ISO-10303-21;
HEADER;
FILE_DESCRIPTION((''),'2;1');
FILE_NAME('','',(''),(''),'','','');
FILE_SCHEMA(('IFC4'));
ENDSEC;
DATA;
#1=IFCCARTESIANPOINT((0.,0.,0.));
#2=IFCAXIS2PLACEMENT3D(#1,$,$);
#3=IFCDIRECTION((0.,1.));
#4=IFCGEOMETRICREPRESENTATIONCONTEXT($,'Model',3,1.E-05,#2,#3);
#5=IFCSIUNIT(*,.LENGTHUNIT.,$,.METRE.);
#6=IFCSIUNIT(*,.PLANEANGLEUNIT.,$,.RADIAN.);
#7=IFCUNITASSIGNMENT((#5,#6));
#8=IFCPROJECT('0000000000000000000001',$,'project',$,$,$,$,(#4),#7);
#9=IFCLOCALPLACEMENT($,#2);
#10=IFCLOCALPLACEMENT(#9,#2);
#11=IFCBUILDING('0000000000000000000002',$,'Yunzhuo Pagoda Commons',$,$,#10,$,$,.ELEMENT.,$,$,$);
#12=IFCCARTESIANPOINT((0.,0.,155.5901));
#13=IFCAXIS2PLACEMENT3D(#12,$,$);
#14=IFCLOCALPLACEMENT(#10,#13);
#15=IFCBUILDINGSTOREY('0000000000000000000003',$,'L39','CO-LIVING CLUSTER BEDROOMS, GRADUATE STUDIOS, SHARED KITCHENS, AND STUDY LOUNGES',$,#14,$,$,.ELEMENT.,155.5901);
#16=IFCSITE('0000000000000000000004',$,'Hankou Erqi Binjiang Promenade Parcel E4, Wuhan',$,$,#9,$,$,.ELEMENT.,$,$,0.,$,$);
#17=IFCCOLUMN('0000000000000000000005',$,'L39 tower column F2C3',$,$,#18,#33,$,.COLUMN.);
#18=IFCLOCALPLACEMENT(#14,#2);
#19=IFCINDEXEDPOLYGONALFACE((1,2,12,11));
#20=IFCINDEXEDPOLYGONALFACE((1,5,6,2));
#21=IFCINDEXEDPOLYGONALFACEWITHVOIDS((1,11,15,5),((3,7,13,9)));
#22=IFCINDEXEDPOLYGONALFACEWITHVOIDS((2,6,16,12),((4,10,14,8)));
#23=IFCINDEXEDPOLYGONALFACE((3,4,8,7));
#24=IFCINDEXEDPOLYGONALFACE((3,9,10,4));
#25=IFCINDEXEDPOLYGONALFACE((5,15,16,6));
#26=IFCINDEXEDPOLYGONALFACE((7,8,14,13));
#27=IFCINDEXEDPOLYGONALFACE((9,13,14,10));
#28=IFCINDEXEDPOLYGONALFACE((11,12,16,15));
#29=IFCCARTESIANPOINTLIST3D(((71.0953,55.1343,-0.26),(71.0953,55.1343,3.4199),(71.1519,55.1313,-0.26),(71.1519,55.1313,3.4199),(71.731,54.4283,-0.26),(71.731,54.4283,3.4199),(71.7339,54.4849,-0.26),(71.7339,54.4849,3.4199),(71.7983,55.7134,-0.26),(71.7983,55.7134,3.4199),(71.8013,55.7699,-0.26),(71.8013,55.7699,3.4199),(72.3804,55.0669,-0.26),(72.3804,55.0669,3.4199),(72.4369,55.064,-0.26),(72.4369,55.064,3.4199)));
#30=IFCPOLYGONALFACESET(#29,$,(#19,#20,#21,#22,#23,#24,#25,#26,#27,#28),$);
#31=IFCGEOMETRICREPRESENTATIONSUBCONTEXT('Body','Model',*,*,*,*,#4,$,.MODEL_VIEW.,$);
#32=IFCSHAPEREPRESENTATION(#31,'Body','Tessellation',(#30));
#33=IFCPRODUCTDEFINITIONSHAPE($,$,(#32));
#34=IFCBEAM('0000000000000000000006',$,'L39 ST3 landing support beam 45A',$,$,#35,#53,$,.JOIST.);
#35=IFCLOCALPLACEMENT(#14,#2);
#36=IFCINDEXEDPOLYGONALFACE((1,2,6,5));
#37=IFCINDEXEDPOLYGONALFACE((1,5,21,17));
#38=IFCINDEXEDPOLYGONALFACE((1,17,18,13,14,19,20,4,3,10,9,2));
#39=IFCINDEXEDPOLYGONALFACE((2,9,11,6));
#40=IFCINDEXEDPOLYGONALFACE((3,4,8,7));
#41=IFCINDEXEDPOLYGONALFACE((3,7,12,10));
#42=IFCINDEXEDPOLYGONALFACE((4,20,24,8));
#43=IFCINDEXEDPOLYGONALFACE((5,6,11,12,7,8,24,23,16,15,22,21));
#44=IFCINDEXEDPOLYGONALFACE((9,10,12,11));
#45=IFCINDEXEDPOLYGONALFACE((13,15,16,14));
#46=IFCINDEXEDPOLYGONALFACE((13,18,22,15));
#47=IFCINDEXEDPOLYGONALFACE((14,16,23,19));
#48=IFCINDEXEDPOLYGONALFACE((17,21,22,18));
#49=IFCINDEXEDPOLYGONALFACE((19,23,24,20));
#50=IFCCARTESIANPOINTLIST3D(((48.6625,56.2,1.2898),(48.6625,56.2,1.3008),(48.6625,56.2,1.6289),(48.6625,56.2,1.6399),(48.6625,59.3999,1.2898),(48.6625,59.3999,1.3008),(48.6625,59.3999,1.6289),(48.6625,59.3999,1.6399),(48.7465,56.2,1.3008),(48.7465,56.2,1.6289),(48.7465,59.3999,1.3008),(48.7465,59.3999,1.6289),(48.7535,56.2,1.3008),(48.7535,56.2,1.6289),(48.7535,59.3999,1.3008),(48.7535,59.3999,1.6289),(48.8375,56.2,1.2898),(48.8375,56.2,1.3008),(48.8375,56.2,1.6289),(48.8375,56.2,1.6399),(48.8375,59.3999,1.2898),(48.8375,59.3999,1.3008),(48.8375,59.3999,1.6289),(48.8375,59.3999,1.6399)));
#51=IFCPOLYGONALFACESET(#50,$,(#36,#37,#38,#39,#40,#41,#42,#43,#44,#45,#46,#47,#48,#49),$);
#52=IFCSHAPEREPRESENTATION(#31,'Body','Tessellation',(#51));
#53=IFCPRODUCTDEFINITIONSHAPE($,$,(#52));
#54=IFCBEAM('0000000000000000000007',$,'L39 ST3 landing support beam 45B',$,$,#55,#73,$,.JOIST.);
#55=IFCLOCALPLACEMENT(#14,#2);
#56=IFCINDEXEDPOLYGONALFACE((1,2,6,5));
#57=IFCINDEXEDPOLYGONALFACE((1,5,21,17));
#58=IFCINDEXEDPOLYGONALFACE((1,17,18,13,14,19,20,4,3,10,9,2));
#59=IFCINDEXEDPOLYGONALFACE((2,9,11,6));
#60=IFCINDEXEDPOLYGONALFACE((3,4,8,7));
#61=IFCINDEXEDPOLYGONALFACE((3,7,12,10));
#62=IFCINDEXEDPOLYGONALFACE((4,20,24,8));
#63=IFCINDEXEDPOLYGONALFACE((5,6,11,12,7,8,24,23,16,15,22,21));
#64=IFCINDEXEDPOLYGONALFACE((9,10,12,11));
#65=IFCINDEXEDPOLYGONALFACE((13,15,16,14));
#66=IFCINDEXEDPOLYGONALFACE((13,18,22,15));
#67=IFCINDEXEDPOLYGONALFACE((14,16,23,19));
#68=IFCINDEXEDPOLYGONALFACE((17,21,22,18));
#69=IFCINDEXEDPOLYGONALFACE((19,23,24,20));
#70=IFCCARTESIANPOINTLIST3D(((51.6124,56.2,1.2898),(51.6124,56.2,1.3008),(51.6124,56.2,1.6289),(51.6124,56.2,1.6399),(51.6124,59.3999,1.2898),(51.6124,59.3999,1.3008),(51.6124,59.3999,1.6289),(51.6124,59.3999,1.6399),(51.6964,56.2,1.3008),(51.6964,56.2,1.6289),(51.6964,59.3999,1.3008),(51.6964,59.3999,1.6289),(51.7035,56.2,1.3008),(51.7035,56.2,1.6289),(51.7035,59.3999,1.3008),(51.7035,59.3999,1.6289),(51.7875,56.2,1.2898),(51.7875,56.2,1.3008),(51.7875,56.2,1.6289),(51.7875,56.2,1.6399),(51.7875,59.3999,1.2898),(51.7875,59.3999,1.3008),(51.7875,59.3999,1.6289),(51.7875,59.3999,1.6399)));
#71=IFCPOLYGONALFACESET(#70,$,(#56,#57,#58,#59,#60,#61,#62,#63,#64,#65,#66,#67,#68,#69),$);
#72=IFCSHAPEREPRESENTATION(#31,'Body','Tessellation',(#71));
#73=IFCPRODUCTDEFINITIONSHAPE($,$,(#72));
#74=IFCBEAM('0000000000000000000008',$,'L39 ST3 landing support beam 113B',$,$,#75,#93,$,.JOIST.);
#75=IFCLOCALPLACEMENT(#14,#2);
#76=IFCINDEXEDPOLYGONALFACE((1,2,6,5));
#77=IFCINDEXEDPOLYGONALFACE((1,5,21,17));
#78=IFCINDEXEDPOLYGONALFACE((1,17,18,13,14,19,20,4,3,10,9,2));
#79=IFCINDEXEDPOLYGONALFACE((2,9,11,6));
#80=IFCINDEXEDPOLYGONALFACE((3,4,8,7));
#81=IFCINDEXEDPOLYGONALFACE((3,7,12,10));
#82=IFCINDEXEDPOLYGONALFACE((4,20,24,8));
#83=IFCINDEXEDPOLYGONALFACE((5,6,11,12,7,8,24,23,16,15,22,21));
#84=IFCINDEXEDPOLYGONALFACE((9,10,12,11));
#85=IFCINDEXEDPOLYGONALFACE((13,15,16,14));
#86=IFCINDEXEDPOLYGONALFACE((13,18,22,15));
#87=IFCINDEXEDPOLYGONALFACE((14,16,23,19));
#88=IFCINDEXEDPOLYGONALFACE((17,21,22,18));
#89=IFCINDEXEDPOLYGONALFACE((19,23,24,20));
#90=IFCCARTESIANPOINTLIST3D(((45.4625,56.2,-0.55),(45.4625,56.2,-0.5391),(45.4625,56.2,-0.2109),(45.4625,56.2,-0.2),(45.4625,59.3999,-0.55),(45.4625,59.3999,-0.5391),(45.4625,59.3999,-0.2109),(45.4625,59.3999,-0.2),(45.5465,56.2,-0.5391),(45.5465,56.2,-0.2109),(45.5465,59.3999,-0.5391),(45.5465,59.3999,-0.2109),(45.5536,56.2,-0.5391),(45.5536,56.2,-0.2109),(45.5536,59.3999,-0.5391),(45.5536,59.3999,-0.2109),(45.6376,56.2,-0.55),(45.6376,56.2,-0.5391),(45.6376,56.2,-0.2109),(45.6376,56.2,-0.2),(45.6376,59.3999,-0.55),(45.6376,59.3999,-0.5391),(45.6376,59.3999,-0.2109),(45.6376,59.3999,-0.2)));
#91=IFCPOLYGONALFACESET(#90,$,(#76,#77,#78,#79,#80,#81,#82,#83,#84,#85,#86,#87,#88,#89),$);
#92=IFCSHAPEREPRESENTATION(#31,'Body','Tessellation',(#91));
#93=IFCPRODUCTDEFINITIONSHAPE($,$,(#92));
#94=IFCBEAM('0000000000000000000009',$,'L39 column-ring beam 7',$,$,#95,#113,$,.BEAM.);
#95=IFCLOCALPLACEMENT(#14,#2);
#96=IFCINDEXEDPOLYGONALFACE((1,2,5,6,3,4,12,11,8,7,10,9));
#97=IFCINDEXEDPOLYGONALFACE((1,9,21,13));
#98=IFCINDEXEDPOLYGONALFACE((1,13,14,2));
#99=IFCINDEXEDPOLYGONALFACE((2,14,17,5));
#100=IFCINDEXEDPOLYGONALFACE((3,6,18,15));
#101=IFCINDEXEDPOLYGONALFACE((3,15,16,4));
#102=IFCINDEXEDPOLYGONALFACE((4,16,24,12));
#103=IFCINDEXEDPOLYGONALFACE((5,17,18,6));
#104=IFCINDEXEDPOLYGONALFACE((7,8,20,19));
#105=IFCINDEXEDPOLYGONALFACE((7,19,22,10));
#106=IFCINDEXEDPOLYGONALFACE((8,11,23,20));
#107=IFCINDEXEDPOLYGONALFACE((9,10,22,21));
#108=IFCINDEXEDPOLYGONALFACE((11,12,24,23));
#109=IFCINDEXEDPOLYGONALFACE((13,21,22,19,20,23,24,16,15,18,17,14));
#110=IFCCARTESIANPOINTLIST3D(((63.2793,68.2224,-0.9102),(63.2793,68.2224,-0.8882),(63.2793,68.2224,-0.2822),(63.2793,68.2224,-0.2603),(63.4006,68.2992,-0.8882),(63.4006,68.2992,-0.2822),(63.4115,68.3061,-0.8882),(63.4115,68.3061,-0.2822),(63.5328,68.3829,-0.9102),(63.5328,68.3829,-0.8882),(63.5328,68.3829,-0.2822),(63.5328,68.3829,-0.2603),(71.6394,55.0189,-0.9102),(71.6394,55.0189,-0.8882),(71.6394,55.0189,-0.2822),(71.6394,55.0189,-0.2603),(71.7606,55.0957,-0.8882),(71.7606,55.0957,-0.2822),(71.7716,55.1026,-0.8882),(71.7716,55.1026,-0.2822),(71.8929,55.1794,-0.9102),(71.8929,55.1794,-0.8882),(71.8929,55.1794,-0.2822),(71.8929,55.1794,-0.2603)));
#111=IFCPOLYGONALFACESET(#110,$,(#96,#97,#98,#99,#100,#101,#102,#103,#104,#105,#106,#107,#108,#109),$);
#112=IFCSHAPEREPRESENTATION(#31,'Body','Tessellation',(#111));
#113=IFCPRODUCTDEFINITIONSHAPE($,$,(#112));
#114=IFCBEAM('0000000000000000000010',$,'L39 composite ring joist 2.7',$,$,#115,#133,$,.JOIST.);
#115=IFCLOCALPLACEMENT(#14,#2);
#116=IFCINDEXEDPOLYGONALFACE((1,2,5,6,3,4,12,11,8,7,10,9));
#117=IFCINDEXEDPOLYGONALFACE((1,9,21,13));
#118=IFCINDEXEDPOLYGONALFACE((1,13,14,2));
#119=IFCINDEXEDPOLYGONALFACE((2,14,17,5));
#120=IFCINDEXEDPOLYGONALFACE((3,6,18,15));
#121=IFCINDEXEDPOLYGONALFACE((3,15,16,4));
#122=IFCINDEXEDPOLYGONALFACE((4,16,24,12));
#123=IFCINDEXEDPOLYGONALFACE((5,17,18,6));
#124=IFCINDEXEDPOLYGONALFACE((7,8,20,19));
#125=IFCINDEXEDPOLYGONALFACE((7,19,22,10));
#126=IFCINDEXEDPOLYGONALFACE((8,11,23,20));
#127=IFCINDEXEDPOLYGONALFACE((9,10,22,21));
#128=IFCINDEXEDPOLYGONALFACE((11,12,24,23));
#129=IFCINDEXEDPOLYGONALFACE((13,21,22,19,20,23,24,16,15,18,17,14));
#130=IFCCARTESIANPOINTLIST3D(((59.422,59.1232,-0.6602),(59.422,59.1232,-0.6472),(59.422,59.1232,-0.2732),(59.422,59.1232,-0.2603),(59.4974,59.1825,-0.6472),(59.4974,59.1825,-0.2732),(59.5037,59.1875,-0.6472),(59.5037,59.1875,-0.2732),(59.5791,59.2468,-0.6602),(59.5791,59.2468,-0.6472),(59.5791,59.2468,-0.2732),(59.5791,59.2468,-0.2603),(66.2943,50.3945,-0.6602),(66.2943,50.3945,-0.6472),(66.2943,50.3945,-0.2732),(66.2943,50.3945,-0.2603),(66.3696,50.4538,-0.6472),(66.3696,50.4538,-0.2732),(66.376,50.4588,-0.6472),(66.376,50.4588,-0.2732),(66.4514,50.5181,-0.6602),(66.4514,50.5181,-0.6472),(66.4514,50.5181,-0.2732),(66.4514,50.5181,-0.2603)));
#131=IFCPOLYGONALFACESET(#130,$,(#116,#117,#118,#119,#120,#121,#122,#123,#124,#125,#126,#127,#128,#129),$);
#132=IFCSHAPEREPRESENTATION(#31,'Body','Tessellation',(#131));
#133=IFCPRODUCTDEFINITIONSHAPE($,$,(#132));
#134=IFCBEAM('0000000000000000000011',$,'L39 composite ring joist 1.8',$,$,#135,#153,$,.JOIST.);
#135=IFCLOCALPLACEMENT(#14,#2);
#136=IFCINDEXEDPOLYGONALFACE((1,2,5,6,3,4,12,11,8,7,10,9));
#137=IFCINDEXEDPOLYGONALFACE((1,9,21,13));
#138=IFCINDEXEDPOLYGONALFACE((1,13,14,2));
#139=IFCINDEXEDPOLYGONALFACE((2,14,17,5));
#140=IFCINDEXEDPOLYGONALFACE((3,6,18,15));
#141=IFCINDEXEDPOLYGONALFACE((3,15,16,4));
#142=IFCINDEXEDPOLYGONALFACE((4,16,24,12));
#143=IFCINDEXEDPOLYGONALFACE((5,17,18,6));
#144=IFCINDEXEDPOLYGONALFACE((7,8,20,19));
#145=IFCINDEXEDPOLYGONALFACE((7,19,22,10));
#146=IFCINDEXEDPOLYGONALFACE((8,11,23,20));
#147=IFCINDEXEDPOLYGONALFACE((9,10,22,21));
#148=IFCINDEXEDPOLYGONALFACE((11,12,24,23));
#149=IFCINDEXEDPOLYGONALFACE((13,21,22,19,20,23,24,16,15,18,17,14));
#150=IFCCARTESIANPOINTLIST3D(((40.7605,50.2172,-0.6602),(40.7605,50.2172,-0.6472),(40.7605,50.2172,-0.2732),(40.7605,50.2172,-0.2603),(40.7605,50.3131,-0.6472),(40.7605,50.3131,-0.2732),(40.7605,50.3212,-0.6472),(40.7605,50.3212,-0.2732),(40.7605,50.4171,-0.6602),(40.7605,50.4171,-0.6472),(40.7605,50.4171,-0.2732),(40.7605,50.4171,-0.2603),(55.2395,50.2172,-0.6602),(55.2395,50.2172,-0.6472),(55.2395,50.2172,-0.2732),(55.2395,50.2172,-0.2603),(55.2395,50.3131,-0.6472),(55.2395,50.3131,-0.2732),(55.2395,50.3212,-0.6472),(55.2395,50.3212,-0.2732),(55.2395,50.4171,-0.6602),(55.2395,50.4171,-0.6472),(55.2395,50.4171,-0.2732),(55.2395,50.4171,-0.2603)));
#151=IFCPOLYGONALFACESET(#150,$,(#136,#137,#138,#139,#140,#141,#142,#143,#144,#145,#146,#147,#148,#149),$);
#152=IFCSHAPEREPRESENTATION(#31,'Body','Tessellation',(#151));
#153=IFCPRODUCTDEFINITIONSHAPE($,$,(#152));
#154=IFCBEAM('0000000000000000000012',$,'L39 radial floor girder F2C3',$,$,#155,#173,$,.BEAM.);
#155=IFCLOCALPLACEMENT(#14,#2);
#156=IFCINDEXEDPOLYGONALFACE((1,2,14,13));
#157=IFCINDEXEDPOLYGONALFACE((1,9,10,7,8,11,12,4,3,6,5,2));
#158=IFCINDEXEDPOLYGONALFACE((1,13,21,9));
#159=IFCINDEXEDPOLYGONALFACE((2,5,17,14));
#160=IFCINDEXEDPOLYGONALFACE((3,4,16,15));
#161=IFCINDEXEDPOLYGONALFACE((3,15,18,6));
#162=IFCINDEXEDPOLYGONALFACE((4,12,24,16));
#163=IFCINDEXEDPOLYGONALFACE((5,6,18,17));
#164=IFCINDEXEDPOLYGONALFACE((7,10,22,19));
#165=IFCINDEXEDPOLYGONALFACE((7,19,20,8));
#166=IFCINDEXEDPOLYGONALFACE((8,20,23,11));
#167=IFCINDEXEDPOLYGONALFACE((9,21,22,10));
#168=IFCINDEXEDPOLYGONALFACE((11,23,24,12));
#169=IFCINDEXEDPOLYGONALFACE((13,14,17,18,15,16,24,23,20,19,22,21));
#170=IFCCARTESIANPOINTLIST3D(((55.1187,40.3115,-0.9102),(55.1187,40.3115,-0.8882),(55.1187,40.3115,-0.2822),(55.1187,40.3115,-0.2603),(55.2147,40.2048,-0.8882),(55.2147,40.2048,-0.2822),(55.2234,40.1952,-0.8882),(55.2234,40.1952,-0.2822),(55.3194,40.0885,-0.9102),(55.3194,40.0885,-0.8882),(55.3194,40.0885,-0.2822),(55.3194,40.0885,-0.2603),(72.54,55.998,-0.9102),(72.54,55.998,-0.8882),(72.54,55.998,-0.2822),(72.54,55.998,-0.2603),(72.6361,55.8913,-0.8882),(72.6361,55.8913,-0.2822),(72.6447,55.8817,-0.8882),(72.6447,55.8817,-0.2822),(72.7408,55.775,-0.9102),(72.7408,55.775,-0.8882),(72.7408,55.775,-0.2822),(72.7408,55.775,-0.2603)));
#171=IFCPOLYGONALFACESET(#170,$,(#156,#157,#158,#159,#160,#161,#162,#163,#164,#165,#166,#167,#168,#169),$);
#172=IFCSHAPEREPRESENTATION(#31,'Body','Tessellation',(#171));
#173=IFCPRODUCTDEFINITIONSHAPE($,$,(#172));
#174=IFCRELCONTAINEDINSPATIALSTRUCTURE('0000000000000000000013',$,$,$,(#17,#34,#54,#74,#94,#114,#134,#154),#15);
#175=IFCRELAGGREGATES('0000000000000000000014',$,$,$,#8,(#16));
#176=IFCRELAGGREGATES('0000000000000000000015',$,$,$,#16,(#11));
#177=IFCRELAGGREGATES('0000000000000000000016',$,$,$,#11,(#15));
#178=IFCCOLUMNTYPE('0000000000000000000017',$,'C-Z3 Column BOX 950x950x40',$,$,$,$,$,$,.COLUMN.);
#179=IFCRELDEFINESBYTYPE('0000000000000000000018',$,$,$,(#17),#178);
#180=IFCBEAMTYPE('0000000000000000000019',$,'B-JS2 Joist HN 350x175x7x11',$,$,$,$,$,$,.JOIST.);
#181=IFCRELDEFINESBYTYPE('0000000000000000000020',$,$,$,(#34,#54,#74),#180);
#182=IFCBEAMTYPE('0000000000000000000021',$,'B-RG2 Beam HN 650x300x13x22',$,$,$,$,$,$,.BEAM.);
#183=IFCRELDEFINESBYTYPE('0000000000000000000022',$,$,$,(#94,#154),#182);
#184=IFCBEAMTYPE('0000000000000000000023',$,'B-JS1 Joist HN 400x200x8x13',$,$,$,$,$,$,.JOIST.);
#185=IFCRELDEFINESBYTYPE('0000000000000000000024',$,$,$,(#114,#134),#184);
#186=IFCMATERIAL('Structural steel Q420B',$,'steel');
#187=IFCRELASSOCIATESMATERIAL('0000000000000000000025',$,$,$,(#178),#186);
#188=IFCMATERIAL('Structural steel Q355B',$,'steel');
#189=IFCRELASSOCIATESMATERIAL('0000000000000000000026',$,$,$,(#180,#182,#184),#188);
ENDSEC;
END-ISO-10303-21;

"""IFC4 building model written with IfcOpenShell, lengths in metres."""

from ifc_helpers import new_model, si_unit, direction, frame, origin, origin_2d, place, context, subcontext, project, spatial, hollow_rectangle, i_section, extrude, source, transform, mapped, material, material_profile, profile_set, type_object, element, save


model = new_model("IFC4")

# Units and contexts
model_context = context("Model", 3, precision=1e-05, world=origin(), true_north=direction((0.0, 1.0)))
body_context = subcontext(model_context, "Body", "Model", "MODEL_VIEW")
ifc_project = project(units=[si_unit("LENGTHUNIT", "METRE"), si_unit("PLANEANGLEUNIT", "RADIAN")], contexts=[model_context])

# Site, building, storey
site_placement = place(None, origin())
site = spatial("IfcSite", under=ifc_project, at=site_placement, Name="Hankou Erqi Binjiang Promenade Parcel E4, Wuhan", CompositionType="ELEMENT", RefElevation=0.0)
building_placement = place(site_placement, origin())
building = spatial("IfcBuilding", under=site, at=building_placement, Name="Yunzhuo Pagoda Commons", CompositionType="ELEMENT")
storey_placement = place(building_placement, frame((0.0, 0.0, 155.5901)))
storey = spatial("IfcBuildingStorey", under=building, at=storey_placement, Name="L39", Description="CO-LIVING CLUSTER BEDROOMS, GRADUATE STUDIOS, SHARED KITCHENS, AND STUDY LOUNGES", CompositionType="ELEMENT", Elevation=155.5901)

# Column
ifc_material_1 = material(Name="Structural steel Q420B", Category="steel")
ifc_material_profile_1 = material_profile(ifc_material_1, hollow_rectangle(XDim=0.95, YDim=0.95, WallThickness=0.04, at=origin_2d()), Name="Structural steel Q420B")
ifc_profile_set_1 = profile_set([ifc_material_profile_1], Name="Structural steel Q420B")
column_type = type_object("IfcColumnType", Name="C-Z3 Column BOX 950x950x40", PredefinedType="COLUMN", material=ifc_profile_set_1)
shared_shape_1 = source(origin(), body_context, "Body", "SweptSolid", [
    extrude(hollow_rectangle(XDim=0.95, YDim=0.95, WallThickness=0.04, at=origin_2d()), origin(), (0.0, 0.0, 1.0), 3.6799),
])
column_placement = place(storey_placement, frame((71.7661, 55.0991, -0.26), z_axis=(0.0, 0.0, 1.0), x_axis=(-0.669131, 0.743145, 0.0)))
element("IfcColumn", 1, at=column_placement, inside=storey, type_object=column_type, Name="L39 tower column F2C3", PredefinedType="COLUMN", context=body_context, shape_type="MappedRepresentation", body=[
    mapped(shared_shape_1, transform((0.0, 0.0, 0.0), scale=1.0)),
])

# Beams
ifc_material_2 = material(Name="Structural steel Q355B", Category="steel")
ifc_material_profile_2 = material_profile(ifc_material_2, i_section(OverallWidth=0.175, OverallDepth=0.3501, WebThickness=0.0071, FlangeThickness=0.011, at=origin_2d()), Name="Structural steel Q355B")
ifc_profile_set_2 = profile_set([ifc_material_profile_2], Name="Structural steel Q355B")
beam_type_1 = type_object("IfcBeamType", Name="B-JS2 Joist HN 350x175x7x11", PredefinedType="JOIST", material=ifc_profile_set_2)
shared_shape_2 = source(origin(), body_context, "Body", "SweptSolid", [
    extrude(i_section(OverallWidth=0.175, OverallDepth=0.3501, WebThickness=0.0071, FlangeThickness=0.011, at=origin_2d()), origin(), (0.0, 0.0, 1.0), 3.2),
])
for number, where, z_axis, x_axis, name in (
    (2, (48.75, 56.2, 1.4648), (0.0, 1.0, 0.0), (-1.0, 0.0, 0.0), "L39 ST3 landing support beam 45A"),
    (3, (51.7, 56.2, 1.4648), (0.0, 1.0, 0.0), (-1.0, 0.0, 0.0), "L39 ST3 landing support beam 45B"),
    (4, (45.55, 56.2, -0.375), (0.0, 1.0, 0.0), (-1.0, 0.0, 0.0), "L39 ST3 landing support beam 113B"),
):
    element("IfcBeam", number, at=place(storey_placement, frame(where, z_axis=z_axis, x_axis=x_axis)), inside=storey, type_object=beam_type_1, Name=name, PredefinedType="JOIST", context=body_context, shape_type="MappedRepresentation", body=[
        mapped(shared_shape_2, transform((0.0, 0.0, 0.0), scale=1.0)),
    ])
ifc_material_profile_3 = material_profile(ifc_material_2, i_section(OverallWidth=0.3, OverallDepth=0.6499, WebThickness=0.0129, FlangeThickness=0.022, at=origin_2d()), Name="Structural steel Q355B")
ifc_profile_set_3 = profile_set([ifc_material_profile_3], Name="Structural steel Q355B")
beam_type_2 = type_object("IfcBeamType", Name="B-RG2 Beam HN 650x300x13x22", PredefinedType="BEAM", material=ifc_profile_set_3)
shared_shape_3 = source(origin(), body_context, "Body", "SweptSolid", [
    extrude(i_section(OverallWidth=0.3, OverallDepth=0.6499, WebThickness=0.0129, FlangeThickness=0.022, at=origin_2d()), origin(), (0.0, 0.0, 1.0), 15.6277),
])
beam_1_placement = place(storey_placement, frame((71.7661, 55.0991, -0.5852), z_axis=(-0.534952, 0.844882, 0.0), x_axis=(-0.844882, -0.534952, 0.0)))
element("IfcBeam", 5, at=beam_1_placement, inside=storey, type_object=beam_type_2, Name="L39 column-ring beam 7", PredefinedType="BEAM", context=body_context, shape_type="MappedRepresentation", body=[
    mapped(shared_shape_3, transform((0.0, 0.0, 0.0), scale=1.0)),
])
ifc_material_profile_4 = material_profile(ifc_material_2, i_section(OverallWidth=0.2, OverallDepth=0.3999, WebThickness=0.0081, FlangeThickness=0.0129, at=origin_2d()), Name="Structural steel Q355B")
ifc_profile_set_4 = profile_set([ifc_material_profile_4], Name="Structural steel Q355B")
beam_type_3 = type_object("IfcBeamType", Name="B-JS1 Joist HN 400x200x8x13", PredefinedType="JOIST", material=ifc_profile_set_4)
shared_shape_4 = source(origin(), body_context, "Body", "SweptSolid", [
    extrude(i_section(OverallWidth=0.2, OverallDepth=0.3999, WebThickness=0.0081, FlangeThickness=0.0129, at=origin_2d()), origin(), (0.0, 0.0, 1.0), 11.1094),
])
beam_2_placement = place(storey_placement, frame((66.3728, 50.4563, -0.4602), z_axis=(-0.618601, 0.785706, 0.0), x_axis=(-0.785706, -0.618601, 0.0)))
element("IfcBeam", 6, at=beam_2_placement, inside=storey, type_object=beam_type_3, Name="L39 composite ring joist 2.7", PredefinedType="JOIST", context=body_context, shape_type="MappedRepresentation", body=[
    mapped(shared_shape_4, transform((0.0, 0.0, 0.0), scale=1.0)),
])
shared_shape_5 = source(origin(), body_context, "Body", "SweptSolid", [
    extrude(i_section(OverallWidth=0.2, OverallDepth=0.3999, WebThickness=0.0081, FlangeThickness=0.0129, at=origin_2d()), origin(), (0.0, 0.0, 1.0), 14.479),
])
beam_3_placement = place(storey_placement, frame((55.2395, 50.3171, -0.4602), z_axis=(-1.0, 0.0, 0.0), x_axis=(0.0, -1.0, 0.0)))
element("IfcBeam", 7, at=beam_3_placement, inside=storey, type_object=beam_type_3, Name="L39 composite ring joist 1.8", PredefinedType="JOIST", context=body_context, shape_type="MappedRepresentation", body=[
    mapped(shared_shape_5, transform((0.0, 0.0, 0.0), scale=1.0)),
])
shared_shape_6 = source(origin(), body_context, "Body", "SweptSolid", [
    extrude(i_section(OverallWidth=0.3, OverallDepth=0.6499, WebThickness=0.0129, FlangeThickness=0.022, at=origin_2d()), origin(), (0.0, 0.0, 1.0), 23.4429),
])
beam_4_placement = place(storey_placement, frame((72.6404, 55.8865, -0.5852), z_axis=(-0.74314, -0.669136, 0.0), x_axis=(0.669136, -0.74314, 0.0)))
element("IfcBeam", 8, at=beam_4_placement, inside=storey, type_object=beam_type_2, Name="L39 radial floor girder F2C3", PredefinedType="BEAM", context=body_context, shape_type="MappedRepresentation", body=[
    mapped(shared_shape_6, transform((0.0, 0.0, 0.0), scale=1.0)),
])

save(model, "model.ifc")
